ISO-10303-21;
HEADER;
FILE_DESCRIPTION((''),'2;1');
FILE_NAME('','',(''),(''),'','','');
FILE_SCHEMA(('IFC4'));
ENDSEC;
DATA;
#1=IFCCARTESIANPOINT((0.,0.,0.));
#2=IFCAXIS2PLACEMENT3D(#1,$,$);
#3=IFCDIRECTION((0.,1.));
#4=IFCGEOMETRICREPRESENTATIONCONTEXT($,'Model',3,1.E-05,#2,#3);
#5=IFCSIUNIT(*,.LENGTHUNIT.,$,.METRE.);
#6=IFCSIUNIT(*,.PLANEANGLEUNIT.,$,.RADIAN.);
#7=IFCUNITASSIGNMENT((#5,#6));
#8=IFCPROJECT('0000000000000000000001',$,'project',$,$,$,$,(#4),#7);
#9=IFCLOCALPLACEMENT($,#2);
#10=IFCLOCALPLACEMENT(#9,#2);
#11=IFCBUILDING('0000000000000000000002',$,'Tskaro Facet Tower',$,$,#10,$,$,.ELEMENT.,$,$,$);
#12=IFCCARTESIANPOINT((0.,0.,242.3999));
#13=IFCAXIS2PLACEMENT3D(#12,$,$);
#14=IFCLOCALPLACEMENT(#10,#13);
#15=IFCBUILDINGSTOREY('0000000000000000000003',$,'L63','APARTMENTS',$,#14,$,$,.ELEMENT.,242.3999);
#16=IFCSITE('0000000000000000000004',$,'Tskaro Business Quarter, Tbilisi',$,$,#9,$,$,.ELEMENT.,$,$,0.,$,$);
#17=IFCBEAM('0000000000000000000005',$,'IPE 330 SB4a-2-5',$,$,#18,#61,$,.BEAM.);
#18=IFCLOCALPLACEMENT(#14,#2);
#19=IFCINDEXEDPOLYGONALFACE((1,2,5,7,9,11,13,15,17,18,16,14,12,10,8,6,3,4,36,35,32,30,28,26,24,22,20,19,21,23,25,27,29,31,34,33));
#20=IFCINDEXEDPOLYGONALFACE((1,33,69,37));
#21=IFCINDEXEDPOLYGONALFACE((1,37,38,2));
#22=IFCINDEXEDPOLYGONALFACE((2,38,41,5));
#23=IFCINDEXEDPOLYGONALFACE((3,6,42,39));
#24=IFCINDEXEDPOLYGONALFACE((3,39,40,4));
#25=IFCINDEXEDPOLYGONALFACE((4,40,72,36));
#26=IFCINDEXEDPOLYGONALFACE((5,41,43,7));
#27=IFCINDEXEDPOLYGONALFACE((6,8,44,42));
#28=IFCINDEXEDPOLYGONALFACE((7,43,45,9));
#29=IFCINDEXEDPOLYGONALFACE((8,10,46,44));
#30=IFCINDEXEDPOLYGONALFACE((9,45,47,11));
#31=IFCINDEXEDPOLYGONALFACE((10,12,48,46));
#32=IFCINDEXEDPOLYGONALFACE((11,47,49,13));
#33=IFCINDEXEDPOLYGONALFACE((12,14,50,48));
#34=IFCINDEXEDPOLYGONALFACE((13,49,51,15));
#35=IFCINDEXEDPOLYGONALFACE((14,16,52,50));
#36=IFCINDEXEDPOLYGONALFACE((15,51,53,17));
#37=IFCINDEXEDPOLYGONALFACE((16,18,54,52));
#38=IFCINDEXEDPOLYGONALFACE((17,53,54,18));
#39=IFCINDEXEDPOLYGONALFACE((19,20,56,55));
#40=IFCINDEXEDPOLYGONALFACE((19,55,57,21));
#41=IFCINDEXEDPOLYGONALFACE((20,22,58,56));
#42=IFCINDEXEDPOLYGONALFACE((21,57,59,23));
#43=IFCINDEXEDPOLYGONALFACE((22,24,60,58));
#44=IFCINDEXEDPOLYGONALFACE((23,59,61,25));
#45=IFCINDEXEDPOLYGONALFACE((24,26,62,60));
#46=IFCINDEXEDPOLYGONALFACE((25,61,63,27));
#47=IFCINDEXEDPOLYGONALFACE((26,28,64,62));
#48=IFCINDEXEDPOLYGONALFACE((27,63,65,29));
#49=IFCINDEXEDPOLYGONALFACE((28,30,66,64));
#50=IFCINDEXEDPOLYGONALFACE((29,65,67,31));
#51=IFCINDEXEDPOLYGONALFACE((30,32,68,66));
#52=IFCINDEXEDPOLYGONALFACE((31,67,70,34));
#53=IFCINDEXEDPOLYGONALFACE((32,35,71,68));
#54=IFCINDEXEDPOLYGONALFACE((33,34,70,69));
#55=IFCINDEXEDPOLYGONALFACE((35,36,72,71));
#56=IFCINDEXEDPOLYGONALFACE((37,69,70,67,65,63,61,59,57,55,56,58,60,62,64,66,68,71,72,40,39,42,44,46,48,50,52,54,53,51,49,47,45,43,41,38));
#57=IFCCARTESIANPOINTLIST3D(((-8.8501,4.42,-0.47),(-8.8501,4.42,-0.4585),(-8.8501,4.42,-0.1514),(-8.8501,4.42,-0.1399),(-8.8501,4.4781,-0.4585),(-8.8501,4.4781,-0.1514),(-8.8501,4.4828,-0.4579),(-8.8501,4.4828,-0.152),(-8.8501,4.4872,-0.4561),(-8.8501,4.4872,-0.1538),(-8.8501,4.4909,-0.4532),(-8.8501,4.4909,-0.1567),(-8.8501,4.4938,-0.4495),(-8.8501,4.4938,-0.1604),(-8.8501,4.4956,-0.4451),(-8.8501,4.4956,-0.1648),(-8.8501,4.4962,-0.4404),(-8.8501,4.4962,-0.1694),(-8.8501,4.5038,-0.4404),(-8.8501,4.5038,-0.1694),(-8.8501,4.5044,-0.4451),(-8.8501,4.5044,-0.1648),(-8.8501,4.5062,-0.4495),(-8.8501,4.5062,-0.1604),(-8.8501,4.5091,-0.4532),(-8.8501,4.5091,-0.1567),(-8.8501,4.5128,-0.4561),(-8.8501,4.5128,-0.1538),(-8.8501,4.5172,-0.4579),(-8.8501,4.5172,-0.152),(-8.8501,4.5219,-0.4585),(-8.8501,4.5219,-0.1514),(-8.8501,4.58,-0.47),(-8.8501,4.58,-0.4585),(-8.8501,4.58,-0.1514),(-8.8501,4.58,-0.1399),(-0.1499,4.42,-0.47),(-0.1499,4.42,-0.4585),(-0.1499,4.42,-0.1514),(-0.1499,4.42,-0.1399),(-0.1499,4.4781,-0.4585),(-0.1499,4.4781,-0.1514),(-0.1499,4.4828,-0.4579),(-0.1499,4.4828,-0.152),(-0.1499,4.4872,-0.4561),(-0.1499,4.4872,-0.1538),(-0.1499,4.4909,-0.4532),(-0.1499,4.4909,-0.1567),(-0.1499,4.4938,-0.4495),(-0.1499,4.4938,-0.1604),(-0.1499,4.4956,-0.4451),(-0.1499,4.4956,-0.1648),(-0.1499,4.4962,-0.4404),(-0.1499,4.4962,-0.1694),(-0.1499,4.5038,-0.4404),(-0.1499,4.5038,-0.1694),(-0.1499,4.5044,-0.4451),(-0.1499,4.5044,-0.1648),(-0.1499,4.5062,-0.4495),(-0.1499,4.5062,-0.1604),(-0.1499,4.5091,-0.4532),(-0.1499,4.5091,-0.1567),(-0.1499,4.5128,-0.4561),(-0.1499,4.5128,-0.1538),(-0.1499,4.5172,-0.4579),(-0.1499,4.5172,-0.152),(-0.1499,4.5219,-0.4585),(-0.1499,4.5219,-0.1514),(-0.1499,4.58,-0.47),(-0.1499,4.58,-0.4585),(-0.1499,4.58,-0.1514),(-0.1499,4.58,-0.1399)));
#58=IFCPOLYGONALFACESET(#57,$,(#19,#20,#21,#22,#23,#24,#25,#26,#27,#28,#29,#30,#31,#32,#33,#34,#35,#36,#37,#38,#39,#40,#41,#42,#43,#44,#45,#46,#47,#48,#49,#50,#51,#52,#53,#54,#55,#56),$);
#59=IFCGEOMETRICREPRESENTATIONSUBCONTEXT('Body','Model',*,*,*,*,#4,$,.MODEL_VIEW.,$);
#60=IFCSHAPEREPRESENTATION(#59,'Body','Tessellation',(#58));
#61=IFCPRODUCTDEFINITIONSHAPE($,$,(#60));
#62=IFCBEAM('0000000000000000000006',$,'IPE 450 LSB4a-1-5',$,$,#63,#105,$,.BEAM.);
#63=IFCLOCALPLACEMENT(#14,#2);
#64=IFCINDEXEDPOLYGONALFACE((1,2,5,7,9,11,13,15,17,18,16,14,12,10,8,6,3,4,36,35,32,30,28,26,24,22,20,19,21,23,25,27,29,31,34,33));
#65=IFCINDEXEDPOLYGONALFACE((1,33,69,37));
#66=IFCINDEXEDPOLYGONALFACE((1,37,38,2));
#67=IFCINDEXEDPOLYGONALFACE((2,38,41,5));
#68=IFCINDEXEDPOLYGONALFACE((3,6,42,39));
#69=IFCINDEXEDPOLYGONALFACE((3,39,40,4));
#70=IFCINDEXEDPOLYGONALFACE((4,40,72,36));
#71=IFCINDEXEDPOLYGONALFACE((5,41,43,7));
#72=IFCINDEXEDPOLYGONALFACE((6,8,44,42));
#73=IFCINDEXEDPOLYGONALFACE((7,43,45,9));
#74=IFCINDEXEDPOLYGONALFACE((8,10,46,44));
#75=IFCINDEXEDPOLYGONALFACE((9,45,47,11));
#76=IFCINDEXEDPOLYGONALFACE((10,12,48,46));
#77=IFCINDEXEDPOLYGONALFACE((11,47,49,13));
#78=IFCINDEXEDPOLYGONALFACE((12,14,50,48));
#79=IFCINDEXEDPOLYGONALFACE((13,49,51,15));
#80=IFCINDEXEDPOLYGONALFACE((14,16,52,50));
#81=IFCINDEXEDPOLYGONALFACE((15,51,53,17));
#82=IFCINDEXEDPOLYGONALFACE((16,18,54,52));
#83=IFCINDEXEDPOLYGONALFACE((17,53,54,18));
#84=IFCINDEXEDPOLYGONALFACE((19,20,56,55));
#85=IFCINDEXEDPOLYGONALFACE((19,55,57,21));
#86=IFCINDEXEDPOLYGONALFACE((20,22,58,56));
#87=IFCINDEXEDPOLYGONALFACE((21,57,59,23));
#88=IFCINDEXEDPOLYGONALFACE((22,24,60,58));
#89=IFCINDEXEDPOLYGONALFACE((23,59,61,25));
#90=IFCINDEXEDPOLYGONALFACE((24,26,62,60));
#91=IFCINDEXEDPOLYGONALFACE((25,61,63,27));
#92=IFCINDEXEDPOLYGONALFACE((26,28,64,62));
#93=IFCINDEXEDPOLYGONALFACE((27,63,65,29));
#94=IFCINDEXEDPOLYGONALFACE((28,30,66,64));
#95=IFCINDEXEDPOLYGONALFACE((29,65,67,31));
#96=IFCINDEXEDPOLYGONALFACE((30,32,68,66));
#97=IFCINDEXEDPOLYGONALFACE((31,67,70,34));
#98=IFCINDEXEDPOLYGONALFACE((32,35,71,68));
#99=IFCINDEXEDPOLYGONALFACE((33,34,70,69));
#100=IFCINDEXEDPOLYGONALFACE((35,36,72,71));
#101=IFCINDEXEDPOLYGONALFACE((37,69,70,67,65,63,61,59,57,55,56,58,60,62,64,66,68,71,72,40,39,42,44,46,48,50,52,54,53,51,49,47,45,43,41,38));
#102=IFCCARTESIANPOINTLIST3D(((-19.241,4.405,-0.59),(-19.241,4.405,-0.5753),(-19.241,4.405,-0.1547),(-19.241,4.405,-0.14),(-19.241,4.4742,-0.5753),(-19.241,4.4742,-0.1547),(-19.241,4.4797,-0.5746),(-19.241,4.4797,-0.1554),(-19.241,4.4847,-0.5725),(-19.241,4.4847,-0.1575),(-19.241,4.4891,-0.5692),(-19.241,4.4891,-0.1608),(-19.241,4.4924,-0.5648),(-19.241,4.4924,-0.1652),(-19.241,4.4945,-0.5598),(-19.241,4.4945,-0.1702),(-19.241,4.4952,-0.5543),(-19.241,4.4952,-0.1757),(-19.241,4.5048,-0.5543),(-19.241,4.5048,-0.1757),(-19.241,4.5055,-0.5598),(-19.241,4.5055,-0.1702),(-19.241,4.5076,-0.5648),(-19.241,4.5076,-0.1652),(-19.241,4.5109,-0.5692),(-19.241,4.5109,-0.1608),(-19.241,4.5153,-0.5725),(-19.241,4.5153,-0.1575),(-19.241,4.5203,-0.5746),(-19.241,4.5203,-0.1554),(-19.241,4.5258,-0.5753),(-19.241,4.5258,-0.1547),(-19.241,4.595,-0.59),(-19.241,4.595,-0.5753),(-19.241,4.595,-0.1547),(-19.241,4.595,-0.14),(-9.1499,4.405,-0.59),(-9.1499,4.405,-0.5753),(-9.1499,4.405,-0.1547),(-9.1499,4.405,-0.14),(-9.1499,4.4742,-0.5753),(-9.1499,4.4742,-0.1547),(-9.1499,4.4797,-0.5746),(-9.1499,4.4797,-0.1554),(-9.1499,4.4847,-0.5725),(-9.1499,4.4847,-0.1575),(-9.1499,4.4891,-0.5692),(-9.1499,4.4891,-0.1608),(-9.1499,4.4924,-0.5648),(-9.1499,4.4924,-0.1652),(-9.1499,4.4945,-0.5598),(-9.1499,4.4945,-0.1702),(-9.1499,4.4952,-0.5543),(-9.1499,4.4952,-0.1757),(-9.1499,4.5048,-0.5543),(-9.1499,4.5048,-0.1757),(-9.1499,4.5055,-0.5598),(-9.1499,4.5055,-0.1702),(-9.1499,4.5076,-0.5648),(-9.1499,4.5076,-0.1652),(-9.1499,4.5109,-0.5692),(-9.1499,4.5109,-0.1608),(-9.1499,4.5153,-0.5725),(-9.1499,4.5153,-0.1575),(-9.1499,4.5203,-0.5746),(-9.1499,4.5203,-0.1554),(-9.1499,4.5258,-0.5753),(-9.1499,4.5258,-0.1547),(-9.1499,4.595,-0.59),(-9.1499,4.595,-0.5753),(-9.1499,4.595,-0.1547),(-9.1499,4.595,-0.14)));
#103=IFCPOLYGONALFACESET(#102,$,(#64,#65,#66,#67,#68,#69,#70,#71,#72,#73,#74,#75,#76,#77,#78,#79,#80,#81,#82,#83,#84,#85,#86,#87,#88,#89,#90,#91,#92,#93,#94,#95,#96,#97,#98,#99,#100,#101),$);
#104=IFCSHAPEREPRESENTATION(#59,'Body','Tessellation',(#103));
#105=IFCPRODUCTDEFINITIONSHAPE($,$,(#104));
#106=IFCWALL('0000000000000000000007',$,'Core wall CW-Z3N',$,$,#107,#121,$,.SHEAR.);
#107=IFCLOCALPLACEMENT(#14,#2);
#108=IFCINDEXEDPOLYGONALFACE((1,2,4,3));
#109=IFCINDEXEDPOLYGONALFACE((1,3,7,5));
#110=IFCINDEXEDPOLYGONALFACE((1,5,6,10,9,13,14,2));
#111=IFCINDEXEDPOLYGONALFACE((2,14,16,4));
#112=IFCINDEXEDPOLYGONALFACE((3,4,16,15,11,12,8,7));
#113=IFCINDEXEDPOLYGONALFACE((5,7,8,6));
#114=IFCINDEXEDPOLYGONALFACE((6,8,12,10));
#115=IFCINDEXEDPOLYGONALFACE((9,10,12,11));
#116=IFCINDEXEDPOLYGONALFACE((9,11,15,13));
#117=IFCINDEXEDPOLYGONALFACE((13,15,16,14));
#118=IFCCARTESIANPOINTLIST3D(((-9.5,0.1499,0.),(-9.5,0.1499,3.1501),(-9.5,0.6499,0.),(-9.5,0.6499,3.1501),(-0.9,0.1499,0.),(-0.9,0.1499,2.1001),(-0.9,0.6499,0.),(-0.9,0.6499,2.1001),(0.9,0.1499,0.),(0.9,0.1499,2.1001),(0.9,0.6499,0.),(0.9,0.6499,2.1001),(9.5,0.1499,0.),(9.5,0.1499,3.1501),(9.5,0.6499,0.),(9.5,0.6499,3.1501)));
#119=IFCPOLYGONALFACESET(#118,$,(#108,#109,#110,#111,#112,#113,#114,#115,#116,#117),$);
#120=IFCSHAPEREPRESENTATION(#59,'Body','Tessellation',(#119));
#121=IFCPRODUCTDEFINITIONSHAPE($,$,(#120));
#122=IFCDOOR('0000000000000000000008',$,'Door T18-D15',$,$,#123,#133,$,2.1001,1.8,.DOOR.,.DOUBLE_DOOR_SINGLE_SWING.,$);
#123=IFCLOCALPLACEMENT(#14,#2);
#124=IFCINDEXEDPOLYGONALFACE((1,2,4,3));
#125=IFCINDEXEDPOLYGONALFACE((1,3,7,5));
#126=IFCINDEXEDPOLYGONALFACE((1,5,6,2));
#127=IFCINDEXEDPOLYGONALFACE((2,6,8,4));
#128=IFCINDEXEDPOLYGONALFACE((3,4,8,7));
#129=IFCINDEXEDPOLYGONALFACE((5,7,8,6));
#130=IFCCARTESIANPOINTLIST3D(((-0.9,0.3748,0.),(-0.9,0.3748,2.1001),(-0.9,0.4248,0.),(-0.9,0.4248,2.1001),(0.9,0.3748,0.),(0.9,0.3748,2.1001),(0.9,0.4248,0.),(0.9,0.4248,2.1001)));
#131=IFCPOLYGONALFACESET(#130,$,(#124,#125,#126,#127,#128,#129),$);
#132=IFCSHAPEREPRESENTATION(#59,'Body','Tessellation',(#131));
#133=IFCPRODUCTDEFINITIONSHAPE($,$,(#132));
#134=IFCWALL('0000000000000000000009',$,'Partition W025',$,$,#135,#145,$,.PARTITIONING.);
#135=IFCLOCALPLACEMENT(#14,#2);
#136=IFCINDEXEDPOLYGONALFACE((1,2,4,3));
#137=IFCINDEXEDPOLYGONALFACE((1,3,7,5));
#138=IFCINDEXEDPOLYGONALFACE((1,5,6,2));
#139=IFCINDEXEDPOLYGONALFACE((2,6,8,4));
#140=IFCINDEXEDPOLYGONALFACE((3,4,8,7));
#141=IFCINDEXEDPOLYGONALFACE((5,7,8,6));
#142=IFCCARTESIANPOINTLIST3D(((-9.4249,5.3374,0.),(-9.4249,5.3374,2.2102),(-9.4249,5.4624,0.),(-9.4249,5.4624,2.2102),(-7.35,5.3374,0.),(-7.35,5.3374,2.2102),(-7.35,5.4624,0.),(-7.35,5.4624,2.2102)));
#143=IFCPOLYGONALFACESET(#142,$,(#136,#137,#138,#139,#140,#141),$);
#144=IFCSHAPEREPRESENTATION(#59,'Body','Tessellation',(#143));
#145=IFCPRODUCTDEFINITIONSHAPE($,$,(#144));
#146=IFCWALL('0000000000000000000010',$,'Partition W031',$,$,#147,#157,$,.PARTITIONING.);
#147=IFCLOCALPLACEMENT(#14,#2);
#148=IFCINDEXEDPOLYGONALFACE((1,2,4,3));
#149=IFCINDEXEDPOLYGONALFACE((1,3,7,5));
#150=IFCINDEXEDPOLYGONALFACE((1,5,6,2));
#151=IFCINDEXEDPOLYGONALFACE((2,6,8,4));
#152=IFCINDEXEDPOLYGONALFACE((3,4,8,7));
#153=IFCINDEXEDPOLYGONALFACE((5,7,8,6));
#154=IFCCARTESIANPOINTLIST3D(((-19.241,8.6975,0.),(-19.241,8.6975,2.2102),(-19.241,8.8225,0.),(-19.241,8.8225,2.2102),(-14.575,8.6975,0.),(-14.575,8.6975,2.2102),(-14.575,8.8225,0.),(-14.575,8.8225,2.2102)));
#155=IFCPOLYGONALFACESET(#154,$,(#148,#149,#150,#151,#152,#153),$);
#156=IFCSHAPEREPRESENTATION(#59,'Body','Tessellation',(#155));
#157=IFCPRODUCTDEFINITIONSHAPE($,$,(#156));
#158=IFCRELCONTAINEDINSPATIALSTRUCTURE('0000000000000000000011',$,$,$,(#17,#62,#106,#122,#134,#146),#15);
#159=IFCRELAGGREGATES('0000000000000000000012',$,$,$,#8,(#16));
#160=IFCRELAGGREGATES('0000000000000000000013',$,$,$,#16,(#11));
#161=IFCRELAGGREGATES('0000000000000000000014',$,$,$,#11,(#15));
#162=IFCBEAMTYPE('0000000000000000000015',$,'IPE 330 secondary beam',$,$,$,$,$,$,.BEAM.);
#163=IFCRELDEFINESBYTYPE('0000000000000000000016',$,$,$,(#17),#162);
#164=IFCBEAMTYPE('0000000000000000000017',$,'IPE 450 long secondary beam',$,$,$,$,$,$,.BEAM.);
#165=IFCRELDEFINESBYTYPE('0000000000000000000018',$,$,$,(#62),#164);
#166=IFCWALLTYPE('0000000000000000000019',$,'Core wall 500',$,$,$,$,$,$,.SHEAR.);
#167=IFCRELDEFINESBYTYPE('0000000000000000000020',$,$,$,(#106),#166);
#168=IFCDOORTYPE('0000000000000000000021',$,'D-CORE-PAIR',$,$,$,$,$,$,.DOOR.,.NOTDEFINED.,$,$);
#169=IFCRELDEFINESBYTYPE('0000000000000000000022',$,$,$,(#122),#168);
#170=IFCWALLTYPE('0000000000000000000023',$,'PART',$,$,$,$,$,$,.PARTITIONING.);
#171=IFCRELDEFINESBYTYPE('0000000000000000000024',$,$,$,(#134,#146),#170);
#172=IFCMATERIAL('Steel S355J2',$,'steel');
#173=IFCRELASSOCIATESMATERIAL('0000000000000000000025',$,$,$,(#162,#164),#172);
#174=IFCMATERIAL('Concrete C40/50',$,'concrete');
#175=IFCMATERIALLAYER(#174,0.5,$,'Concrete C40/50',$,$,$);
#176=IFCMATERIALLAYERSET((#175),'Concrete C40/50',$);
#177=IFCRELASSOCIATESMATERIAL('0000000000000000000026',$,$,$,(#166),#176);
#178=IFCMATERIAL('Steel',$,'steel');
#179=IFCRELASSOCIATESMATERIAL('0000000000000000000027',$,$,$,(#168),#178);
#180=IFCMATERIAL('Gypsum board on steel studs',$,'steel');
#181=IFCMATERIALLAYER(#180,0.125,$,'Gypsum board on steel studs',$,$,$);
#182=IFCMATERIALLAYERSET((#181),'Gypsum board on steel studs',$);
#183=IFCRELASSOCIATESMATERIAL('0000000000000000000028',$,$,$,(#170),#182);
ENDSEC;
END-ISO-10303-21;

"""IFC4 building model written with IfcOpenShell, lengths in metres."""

from ifc_helpers import new_model, si_unit, direction, frame, frame_2d, origin, origin_2d, place, context, subcontext, project, spatial, rectangle, i_section, extrude, material, layer, layer_set, material_profile, profile_set, type_object, element, fill, save


model = new_model("IFC4")

# Units and contexts
model_context = context("Model", 3, precision=1e-05, world=origin(), true_north=direction((0.0, 1.0)))
body_context = subcontext(model_context, "Body", "Model", "MODEL_VIEW")
ifc_project = project(units=[si_unit("LENGTHUNIT", "METRE"), si_unit("PLANEANGLEUNIT", "RADIAN")], contexts=[model_context])

# Site, building, storey
site_placement = place(None, origin())
site = spatial("IfcSite", under=ifc_project, at=site_placement, Name="Tskaro Business Quarter, Tbilisi", CompositionType="ELEMENT", RefElevation=0.0)
building_placement = place(site_placement, origin())
building = spatial("IfcBuilding", under=site, at=building_placement, Name="Tskaro Facet Tower", CompositionType="ELEMENT")
storey_placement = place(building_placement, frame((0.0, 0.0, 242.3999)))
storey = spatial("IfcBuildingStorey", under=building, at=storey_placement, Name="L63", Description="APARTMENTS", CompositionType="ELEMENT", Elevation=242.3999)

# Beams
ifc_material_1 = material(Name="Steel S355J2", Category="steel")
ifc_material_profile_1 = material_profile(ifc_material_1, i_section(OverallWidth=0.1599, OverallDepth=0.3301, WebThickness=0.0076, FlangeThickness=0.0115, FilletRadius=0.0181, at=origin_2d()), Name="IPE 330")
ifc_profile_set_1 = profile_set([ifc_material_profile_1], Name="Steel S355J2")
beam_type_1 = type_object("IfcBeamType", Name="IPE 330 secondary beam", PredefinedType="BEAM", material=ifc_profile_set_1)
beam_1_placement = place(storey_placement, frame((-8.8501, 4.5, -0.3049), z_axis=(1.0, 0.0, 0.0), x_axis=(0.0, 1.0, 0.0)))
element("IfcBeam", 1, at=beam_1_placement, inside=storey, type_object=beam_type_1, Name="IPE 330 SB4a-2-5", PredefinedType="BEAM", context=body_context, shape_type="SweptSolid", body=[
    extrude(i_section(OverallWidth=0.1599, OverallDepth=0.3301, WebThickness=0.0076, FlangeThickness=0.0115, FilletRadius=0.0181, at=origin_2d()), origin(), (0.0, 0.0, 1.0), 8.7002),
])
ifc_material_profile_2 = material_profile(ifc_material_1, i_section(OverallWidth=0.1899, OverallDepth=0.45, WebThickness=0.0095, FlangeThickness=0.0146, FilletRadius=0.021, at=origin_2d()), Name="IPE 450")
ifc_profile_set_2 = profile_set([ifc_material_profile_2], Name="Steel S355J2")
beam_type_2 = type_object("IfcBeamType", Name="IPE 450 long secondary beam", PredefinedType="BEAM", material=ifc_profile_set_2)
beam_2_placement = place(storey_placement, frame((-19.241, 4.5, -0.365), z_axis=(1.0, 0.0, 0.0), x_axis=(0.0, 1.0, 0.0)))
element("IfcBeam", 2, at=beam_2_placement, inside=storey, type_object=beam_type_2, Name="IPE 450 LSB4a-1-5", PredefinedType="BEAM", context=body_context, shape_type="SweptSolid", body=[
    extrude(i_section(OverallWidth=0.1899, OverallDepth=0.45, WebThickness=0.0095, FlangeThickness=0.0146, FilletRadius=0.021, at=origin_2d()), origin(), (0.0, 0.0, 1.0), 10.0911),
])

# Wall, opening, door
ifc_material_2 = material(Name="Concrete C40/50", Category="concrete")
ifc_layer_1 = layer(ifc_material_2, 0.5, Name="Concrete C40/50")
ifc_layer_set_1 = layer_set([ifc_layer_1], Name="Concrete C40/50")
wall_type_1 = type_object("IfcWallType", Name="Core wall 500", PredefinedType="SHEAR", material=ifc_layer_set_1)
wall_1_placement = place(storey_placement, frame((-9.5, 0.3999, 0.0), z_axis=(0.0, 0.0, 1.0), x_axis=(1.0, 0.0, 0.0)))
wall_1 = element("IfcWall", 3, at=wall_1_placement, inside=storey, type_object=wall_type_1, Name="Core wall CW-Z3N", PredefinedType="SHEAR", context=body_context, shape_type="SweptSolid", body=[
    extrude(rectangle(XDim=19.0, YDim=0.5, at=frame_2d((9.5, 0.0))), origin(), (0.0, 0.0, 1.0), 3.1501),
])
opening_1_placement = place(wall_1_placement, frame((8.6001, 0.0, 0.0)))
opening_1 = element("IfcOpeningElement", 4, at=opening_1_placement, cuts=wall_1, PredefinedType="OPENING", context=body_context, shape_type="SweptSolid", body=[
    extrude(rectangle(XDim=1.8, YDim=2.1001, at=frame_2d((0.8999, 1.05))), frame((0.0, 0.26, 0.0), z_axis=(0.0, -1.0, 0.0), x_axis=(1.0, 0.0, 0.0)), (0.0, 0.0, 1.0), 0.52),
])
ifc_material_3 = material(Name="Steel", Category="steel")
door_type_1 = type_object("IfcDoorType", Name="D-CORE-PAIR", OperationType="NOTDEFINED", PredefinedType="DOOR", material=ifc_material_3)
door_1_placement = place(opening_1_placement, origin())
door_1 = element("IfcDoor", 5, at=door_1_placement, inside=storey, type_object=door_type_1, Name="Door T18-D15", OperationType="DOUBLE_DOOR_SINGLE_SWING", OverallHeight=2.1001, OverallWidth=1.8, PredefinedType="DOOR", context=body_context, shape_type="SweptSolid", body=[
    extrude(rectangle(XDim=1.8, YDim=2.1001, at=frame_2d((0.8999, 1.05))), frame((0.0, 0.0249, 0.0), z_axis=(0.0, -1.0, 0.0), x_axis=(1.0, 0.0, 0.0)), (0.0, 0.0, 1.0), 0.05),
])
fill(opening_1, door_1)

# Walls
ifc_material_4 = material(Name="Gypsum board on steel studs", Category="steel")
ifc_layer_2 = layer(ifc_material_4, 0.125, Name="Gypsum board on steel studs")
ifc_layer_set_2 = layer_set([ifc_layer_2], Name="Gypsum board on steel studs")
wall_type_2 = type_object("IfcWallType", Name="PART", PredefinedType="PARTITIONING", material=ifc_layer_set_2)
wall_2_placement = place(storey_placement, frame((-9.425, 5.3999, 0.0), z_axis=(0.0, 0.0, 1.0), x_axis=(1.0, 0.0, 0.0)))
element("IfcWall", 6, at=wall_2_placement, inside=storey, type_object=wall_type_2, Name="Partition W025", PredefinedType="PARTITIONING", context=body_context, shape_type="SweptSolid", body=[
    extrude(rectangle(XDim=2.075, YDim=0.125, at=frame_2d((1.0376, 0.0))), origin(), (0.0, 0.0, 1.0), 2.2102),
])
wall_3_placement = place(storey_placement, frame((-19.241, 8.76, 0.0), z_axis=(0.0, 0.0, 1.0), x_axis=(1.0, 0.0, 0.0)))
element("IfcWall", 7, at=wall_3_placement, inside=storey, type_object=wall_type_2, Name="Partition W031", PredefinedType="PARTITIONING", context=body_context, shape_type="SweptSolid", body=[
    extrude(rectangle(XDim=4.666, YDim=0.125, at=frame_2d((2.333, 0.0))), origin(), (0.0, 0.0, 1.0), 2.2102),
])

save(model, "model.ifc")
